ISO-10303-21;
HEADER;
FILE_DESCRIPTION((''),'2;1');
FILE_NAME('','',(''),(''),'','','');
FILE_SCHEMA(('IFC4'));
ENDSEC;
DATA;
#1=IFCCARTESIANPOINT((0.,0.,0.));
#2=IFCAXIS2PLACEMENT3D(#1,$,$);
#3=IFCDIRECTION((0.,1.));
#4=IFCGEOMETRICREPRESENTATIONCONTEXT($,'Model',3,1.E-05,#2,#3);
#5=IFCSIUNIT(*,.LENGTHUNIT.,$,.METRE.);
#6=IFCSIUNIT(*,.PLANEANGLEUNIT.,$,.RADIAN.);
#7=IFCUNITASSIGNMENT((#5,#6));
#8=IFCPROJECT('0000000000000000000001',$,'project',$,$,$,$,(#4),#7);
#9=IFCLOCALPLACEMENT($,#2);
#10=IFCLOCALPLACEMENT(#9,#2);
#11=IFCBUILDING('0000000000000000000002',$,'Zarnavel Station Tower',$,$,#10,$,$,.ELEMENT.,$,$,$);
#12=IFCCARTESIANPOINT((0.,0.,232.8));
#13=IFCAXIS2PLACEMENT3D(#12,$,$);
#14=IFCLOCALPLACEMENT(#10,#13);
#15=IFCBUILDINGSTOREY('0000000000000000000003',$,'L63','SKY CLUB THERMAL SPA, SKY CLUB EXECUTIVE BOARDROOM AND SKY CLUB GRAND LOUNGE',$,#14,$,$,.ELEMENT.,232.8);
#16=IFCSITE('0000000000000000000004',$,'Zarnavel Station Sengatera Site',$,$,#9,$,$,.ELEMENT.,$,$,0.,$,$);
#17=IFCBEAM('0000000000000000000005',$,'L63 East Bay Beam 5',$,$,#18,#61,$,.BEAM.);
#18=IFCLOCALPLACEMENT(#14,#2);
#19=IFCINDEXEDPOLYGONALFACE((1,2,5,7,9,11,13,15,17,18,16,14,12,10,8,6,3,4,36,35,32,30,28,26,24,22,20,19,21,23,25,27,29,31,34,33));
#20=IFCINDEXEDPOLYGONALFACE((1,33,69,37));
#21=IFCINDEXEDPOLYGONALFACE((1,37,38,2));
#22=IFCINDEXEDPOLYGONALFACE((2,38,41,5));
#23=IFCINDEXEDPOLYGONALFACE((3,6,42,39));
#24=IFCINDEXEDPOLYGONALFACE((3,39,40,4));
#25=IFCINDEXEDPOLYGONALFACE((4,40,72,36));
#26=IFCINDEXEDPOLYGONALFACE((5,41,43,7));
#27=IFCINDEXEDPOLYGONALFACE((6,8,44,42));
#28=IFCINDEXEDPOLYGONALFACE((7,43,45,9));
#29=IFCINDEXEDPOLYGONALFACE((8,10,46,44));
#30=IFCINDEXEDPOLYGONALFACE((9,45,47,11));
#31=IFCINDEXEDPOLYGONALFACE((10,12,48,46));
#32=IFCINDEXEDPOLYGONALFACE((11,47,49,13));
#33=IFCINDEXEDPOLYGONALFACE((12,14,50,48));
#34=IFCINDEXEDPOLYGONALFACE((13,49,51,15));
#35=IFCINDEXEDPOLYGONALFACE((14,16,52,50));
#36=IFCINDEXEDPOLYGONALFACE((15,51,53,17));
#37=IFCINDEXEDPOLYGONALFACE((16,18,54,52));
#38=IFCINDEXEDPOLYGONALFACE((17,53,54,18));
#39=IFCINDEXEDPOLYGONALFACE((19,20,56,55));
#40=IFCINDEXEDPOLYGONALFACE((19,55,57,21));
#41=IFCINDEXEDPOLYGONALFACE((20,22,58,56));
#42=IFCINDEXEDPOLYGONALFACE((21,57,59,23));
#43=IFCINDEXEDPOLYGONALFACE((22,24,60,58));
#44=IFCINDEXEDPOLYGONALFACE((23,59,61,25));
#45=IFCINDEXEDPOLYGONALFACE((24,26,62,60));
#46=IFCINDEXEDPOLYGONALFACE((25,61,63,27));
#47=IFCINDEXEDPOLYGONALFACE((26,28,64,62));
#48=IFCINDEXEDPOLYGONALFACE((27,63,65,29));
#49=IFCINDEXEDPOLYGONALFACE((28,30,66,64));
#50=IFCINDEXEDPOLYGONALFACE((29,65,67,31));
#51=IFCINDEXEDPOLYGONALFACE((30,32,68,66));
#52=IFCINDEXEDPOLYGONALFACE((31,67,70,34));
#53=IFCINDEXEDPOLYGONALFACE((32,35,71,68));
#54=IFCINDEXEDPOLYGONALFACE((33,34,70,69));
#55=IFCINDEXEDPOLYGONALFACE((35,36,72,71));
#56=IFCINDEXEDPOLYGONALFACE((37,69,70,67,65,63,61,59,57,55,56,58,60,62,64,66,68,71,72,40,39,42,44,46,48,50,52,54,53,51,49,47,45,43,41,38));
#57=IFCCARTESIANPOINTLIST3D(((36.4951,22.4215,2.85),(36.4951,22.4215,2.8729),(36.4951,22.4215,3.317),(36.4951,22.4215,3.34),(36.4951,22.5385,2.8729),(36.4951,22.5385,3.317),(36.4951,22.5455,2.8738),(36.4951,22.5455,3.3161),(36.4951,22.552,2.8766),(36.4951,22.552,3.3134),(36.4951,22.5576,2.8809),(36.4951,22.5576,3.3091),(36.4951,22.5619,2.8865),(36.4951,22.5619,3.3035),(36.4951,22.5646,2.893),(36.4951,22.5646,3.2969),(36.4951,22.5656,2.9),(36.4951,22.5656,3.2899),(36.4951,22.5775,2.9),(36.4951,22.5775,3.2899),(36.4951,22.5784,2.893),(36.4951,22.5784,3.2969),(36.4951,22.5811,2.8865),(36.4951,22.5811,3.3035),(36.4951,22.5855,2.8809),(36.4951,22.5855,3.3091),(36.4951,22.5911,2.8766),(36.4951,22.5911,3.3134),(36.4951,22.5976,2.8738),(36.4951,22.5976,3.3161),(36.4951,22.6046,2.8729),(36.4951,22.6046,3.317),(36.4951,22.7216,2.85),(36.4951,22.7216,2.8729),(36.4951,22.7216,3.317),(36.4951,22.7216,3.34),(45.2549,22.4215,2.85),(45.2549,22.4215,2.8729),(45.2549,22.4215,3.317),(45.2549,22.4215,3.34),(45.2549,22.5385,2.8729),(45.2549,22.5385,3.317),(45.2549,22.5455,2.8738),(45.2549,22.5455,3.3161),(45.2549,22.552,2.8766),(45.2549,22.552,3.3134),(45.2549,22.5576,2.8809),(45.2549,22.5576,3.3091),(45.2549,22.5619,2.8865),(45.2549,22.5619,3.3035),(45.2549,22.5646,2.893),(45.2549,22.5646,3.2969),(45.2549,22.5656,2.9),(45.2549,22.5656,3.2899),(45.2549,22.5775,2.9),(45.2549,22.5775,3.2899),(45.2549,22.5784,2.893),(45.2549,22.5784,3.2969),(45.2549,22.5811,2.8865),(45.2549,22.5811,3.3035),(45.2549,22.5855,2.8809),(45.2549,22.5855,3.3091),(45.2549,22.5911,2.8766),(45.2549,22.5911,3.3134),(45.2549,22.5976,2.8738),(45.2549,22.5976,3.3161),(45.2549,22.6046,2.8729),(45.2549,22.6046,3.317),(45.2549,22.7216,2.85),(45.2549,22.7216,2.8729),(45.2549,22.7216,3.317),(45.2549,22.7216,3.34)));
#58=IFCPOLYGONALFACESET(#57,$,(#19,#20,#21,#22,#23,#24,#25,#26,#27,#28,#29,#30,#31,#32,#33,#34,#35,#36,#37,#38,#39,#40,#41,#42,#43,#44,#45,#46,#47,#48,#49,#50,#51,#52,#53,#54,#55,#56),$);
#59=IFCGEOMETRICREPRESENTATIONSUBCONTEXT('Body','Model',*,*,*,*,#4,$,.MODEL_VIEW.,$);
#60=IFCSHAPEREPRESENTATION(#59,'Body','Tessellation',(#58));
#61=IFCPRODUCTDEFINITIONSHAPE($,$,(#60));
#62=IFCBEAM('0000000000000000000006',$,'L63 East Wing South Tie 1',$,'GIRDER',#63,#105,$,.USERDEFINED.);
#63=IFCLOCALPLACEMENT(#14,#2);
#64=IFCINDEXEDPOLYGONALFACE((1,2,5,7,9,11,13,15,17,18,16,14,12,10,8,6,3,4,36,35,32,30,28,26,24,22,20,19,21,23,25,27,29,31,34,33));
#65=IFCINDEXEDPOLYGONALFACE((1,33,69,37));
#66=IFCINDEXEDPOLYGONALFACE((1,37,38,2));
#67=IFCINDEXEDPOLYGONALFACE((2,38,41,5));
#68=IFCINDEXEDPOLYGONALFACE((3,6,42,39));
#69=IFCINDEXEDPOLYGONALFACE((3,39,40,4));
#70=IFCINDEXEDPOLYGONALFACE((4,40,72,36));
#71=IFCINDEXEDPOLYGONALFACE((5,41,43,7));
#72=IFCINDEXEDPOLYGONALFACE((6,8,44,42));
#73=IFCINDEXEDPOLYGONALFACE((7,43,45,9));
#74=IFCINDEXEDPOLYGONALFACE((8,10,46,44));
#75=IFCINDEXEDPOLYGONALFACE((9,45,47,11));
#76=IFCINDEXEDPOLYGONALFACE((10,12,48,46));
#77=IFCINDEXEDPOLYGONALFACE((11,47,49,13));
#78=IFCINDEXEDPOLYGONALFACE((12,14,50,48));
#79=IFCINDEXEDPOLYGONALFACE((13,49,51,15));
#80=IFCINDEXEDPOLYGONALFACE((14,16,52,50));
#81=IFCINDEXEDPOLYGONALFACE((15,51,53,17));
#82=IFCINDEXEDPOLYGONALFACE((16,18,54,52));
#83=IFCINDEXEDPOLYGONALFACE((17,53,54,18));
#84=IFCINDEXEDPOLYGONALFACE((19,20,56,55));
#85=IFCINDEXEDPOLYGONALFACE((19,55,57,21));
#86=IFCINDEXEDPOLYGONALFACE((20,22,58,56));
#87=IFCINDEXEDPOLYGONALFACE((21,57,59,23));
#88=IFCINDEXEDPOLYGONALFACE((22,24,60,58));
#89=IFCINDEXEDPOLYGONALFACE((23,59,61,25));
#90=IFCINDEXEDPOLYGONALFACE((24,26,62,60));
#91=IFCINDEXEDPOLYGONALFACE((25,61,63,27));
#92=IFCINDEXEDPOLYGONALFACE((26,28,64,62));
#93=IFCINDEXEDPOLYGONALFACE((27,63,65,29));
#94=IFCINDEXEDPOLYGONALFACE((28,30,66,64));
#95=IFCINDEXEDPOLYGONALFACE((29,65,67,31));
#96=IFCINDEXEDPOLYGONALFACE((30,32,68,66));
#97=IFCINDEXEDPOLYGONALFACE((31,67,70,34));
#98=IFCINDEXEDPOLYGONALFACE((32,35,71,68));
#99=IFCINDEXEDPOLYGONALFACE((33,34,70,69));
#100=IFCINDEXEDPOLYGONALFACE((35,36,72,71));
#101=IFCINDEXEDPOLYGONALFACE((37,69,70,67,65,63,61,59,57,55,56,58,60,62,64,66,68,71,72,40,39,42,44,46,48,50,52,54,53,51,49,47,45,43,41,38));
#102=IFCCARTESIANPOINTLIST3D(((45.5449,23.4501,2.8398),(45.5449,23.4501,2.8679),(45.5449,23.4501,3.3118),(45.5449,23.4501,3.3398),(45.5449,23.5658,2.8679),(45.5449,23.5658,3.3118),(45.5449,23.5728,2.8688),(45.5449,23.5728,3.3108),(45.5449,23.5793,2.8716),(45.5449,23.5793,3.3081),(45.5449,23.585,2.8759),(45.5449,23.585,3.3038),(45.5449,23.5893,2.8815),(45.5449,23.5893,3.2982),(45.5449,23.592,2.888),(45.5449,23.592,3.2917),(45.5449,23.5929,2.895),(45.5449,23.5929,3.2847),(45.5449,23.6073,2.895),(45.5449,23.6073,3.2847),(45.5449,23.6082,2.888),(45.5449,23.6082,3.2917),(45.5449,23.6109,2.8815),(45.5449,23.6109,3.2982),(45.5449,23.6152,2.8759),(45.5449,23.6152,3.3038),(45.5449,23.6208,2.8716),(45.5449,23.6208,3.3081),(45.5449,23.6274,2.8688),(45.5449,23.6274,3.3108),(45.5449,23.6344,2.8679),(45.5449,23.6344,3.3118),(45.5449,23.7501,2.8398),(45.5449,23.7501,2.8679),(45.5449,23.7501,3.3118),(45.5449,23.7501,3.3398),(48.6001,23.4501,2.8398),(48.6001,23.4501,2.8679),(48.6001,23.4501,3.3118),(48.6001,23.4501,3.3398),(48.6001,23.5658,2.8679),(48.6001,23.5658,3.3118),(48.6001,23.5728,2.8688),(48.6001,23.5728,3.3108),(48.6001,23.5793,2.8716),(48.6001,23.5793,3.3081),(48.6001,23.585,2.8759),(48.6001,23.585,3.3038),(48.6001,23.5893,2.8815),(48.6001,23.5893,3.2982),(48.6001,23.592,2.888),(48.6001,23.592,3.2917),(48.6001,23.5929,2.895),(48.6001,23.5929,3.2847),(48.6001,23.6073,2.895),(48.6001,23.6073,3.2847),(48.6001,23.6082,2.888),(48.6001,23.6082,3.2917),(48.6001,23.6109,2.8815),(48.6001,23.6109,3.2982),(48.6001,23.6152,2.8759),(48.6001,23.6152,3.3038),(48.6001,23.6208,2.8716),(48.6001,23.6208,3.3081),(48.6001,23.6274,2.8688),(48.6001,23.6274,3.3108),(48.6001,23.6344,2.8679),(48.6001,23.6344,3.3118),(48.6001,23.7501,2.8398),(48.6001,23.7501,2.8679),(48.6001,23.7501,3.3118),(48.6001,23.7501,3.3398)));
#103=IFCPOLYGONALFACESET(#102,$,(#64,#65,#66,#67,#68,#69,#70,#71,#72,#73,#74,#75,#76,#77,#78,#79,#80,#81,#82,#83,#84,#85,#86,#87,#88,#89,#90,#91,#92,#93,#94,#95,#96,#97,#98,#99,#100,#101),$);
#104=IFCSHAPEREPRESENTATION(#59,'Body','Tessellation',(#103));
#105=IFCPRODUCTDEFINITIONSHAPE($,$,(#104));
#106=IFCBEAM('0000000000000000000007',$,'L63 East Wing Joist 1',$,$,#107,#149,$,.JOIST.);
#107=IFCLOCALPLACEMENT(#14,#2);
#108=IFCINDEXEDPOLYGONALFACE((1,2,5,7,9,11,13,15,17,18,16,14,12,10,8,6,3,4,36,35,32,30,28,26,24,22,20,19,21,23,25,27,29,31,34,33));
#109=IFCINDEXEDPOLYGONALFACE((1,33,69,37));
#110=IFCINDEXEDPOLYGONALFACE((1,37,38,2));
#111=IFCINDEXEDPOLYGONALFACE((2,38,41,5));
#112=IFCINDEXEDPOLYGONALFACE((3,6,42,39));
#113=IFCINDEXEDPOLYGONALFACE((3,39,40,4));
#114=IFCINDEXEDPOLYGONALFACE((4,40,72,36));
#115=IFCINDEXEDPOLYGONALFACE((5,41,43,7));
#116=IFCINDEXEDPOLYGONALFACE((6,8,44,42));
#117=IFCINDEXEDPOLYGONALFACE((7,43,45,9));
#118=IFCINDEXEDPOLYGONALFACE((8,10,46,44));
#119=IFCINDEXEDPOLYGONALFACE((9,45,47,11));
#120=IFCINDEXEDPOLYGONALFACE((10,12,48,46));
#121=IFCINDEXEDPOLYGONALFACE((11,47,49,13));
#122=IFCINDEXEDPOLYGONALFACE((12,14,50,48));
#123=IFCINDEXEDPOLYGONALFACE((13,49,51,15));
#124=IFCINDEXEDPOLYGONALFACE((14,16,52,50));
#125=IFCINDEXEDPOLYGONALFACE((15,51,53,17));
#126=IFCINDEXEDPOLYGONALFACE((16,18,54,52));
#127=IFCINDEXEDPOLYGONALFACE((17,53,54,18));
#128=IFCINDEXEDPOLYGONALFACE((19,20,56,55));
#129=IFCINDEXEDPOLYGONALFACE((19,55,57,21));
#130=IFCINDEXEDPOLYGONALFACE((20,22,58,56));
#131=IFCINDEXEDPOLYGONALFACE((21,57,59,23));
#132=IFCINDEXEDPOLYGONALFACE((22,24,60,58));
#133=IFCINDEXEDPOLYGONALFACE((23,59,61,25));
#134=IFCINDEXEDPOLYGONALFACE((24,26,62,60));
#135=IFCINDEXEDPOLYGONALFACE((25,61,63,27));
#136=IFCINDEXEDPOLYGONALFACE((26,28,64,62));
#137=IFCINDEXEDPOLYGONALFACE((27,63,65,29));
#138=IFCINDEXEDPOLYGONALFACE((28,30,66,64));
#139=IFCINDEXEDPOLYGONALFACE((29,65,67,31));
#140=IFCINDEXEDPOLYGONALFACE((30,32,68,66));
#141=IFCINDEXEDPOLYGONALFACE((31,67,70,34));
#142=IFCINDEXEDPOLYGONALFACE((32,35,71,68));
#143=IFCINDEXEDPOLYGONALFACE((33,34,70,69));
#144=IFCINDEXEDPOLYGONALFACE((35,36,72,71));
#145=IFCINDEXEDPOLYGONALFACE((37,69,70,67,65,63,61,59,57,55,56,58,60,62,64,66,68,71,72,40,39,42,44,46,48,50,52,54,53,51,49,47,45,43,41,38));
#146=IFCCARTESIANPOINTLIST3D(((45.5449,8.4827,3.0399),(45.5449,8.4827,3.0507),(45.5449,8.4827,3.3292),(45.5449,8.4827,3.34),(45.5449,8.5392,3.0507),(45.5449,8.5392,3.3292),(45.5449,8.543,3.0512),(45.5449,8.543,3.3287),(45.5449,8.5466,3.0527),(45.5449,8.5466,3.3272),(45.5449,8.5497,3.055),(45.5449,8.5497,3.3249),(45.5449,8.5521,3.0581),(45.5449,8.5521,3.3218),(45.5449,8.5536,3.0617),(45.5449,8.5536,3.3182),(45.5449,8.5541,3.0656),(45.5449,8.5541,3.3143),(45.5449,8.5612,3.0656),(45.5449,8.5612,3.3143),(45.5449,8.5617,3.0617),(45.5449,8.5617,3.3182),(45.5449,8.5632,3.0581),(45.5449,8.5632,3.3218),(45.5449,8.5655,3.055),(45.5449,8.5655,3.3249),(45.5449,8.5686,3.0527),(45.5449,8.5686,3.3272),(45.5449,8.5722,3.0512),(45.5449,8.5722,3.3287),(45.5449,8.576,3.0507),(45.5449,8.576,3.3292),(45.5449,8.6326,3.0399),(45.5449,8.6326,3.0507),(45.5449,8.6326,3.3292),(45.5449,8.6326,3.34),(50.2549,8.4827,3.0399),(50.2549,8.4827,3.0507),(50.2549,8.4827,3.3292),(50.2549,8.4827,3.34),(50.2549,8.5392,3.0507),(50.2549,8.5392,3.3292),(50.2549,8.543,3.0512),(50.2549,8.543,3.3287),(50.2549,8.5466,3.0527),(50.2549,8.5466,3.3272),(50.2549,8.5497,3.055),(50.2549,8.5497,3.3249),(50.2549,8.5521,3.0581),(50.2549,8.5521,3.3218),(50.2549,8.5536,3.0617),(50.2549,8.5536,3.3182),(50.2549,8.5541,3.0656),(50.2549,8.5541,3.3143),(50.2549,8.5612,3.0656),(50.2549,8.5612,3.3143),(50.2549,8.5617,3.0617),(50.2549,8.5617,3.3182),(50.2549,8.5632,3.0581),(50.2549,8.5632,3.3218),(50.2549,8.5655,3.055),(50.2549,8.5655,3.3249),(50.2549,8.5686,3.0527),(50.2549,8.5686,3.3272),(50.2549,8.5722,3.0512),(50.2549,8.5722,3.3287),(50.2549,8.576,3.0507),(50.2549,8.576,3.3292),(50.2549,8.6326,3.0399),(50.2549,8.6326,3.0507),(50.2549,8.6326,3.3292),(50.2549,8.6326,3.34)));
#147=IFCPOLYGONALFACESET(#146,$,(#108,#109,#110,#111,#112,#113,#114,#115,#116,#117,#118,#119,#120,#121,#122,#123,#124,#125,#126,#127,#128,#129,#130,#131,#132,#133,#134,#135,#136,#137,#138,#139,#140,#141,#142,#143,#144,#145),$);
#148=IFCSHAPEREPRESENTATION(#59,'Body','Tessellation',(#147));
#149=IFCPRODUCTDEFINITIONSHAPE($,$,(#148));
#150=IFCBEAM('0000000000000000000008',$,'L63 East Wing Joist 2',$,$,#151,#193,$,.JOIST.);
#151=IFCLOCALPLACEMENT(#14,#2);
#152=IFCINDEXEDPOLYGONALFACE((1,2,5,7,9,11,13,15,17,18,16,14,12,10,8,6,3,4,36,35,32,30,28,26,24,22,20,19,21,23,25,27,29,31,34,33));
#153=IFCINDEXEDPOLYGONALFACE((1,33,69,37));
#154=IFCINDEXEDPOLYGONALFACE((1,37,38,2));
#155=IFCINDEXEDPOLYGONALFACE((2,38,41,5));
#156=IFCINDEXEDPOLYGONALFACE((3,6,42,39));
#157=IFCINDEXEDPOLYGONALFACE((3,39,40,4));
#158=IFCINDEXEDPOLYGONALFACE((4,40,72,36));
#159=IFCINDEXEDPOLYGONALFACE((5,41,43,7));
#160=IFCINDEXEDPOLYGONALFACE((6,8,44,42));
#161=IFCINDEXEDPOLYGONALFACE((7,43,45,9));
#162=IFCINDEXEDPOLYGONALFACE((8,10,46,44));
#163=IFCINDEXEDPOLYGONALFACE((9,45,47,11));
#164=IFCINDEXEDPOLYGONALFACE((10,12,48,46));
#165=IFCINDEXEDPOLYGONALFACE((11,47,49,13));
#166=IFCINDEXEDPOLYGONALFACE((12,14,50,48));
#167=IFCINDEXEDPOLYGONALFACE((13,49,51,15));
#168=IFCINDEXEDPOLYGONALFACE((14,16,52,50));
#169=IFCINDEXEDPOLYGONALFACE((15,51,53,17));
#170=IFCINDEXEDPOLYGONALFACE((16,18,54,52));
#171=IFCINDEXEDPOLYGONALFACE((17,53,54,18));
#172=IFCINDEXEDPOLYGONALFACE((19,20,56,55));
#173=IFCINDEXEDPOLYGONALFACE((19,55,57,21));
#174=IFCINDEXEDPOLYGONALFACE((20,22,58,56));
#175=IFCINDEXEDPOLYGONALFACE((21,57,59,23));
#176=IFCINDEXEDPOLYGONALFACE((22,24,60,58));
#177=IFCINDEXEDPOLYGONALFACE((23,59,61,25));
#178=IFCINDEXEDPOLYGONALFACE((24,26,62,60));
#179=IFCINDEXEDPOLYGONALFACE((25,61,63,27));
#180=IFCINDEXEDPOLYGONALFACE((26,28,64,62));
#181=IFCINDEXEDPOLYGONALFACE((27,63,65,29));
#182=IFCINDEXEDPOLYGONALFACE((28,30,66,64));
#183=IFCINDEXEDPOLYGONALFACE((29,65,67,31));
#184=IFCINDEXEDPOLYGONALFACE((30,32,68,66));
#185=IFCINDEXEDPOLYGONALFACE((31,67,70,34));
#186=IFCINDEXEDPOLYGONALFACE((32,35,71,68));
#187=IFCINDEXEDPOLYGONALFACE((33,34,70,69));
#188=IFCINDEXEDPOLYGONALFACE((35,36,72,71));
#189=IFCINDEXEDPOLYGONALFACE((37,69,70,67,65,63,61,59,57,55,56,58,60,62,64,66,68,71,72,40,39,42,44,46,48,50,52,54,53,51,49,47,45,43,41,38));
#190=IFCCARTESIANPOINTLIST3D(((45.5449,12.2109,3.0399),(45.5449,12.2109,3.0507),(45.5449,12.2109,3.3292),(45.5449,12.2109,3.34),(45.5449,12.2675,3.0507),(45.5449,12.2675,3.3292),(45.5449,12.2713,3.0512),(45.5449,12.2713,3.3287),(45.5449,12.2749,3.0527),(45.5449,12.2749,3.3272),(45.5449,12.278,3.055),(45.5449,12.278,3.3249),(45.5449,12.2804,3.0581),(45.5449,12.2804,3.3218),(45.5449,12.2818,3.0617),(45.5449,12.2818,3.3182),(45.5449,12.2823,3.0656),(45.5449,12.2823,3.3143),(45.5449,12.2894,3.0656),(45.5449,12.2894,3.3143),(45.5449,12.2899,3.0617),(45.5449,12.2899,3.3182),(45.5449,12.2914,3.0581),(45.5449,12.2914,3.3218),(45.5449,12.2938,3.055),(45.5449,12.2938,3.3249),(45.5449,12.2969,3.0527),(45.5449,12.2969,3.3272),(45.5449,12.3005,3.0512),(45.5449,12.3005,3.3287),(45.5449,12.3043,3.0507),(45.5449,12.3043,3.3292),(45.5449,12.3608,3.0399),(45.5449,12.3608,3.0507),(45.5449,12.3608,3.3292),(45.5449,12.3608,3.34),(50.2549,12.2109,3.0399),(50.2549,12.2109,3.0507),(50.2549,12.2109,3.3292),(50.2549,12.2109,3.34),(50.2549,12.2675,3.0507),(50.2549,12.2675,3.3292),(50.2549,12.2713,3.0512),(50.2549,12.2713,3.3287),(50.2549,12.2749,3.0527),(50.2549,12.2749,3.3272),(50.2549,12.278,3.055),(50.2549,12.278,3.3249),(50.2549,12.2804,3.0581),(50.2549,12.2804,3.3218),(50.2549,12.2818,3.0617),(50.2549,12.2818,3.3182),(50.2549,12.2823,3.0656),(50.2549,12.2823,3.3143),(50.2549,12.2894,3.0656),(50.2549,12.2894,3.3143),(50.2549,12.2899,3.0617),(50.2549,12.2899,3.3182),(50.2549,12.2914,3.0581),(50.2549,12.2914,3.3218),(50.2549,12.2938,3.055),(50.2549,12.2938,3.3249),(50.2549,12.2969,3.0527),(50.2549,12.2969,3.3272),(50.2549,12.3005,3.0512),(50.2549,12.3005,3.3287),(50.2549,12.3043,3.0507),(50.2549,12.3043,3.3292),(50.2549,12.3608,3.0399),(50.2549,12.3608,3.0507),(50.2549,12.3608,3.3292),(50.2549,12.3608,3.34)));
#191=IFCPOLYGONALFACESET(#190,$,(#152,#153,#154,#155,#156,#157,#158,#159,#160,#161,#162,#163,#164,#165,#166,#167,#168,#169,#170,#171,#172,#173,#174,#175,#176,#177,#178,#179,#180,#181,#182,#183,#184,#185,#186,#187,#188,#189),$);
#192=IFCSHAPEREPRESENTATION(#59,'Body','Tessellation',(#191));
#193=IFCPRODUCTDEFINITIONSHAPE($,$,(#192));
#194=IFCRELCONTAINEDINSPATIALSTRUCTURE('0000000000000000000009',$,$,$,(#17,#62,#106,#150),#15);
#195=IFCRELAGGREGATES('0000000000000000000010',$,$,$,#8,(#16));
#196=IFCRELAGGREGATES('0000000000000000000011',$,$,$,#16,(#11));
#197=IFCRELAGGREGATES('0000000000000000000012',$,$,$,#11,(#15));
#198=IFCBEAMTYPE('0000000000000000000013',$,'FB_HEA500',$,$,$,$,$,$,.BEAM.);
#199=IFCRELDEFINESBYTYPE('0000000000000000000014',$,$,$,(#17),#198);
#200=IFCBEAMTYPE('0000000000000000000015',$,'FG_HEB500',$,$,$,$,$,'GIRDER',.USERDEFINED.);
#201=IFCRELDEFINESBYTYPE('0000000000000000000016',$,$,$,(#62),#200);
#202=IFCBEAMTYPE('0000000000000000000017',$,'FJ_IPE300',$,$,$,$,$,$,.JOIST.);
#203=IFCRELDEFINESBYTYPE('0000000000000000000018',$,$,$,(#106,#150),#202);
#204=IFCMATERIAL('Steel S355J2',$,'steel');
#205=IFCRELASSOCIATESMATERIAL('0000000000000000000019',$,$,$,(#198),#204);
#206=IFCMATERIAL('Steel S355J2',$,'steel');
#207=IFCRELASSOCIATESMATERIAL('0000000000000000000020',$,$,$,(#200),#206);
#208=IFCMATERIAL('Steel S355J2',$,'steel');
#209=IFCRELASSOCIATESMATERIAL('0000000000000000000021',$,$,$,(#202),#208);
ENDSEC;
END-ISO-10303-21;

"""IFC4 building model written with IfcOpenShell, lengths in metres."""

from ifc_helpers import new_model, si_unit, direction, frame, origin, origin_2d, place, context, subcontext, project, spatial, i_section, extrude, material, material_profile, profile_set, type_object, element, save


model = new_model("IFC4")

# Units and contexts
model_context = context("Model", 3, precision=1e-05, world=origin(), true_north=direction((0.0, 1.0)))
body_context = subcontext(model_context, "Body", "Model", "MODEL_VIEW")
ifc_project = project(units=[si_unit("LENGTHUNIT", "METRE"), si_unit("PLANEANGLEUNIT", "RADIAN")], contexts=[model_context])

# Site, building, storey
site_placement = place(None, origin())
site = spatial("IfcSite", under=ifc_project, at=site_placement, Name="Zarnavel Station Sengatera Site", CompositionType="ELEMENT", RefElevation=0.0)
building_placement = place(site_placement, origin())
building = spatial("IfcBuilding", under=site, at=building_placement, Name="Zarnavel Station Tower", CompositionType="ELEMENT")
storey_placement = place(building_placement, frame((0.0, 0.0, 232.8)))
storey = spatial("IfcBuildingStorey", under=building, at=storey_placement, Name="L63", Description="SKY CLUB THERMAL SPA, SKY CLUB EXECUTIVE BOARDROOM AND SKY CLUB GRAND LOUNGE", CompositionType="ELEMENT", Elevation=232.8)

# Beams
ifc_material_1 = material(Name="Steel S355J2", Category="steel")
ifc_material_profile_1 = material_profile(ifc_material_1, i_section(OverallWidth=0.3, OverallDepth=0.49, WebThickness=0.012, FlangeThickness=0.0229, FilletRadius=0.0271, at=origin_2d()), Name="HEA500")
ifc_profile_set_1 = profile_set([ifc_material_profile_1], Name="Steel S355J2")
beam_type_1 = type_object("IfcBeamType", Name="FB_HEA500", PredefinedType="BEAM", material=ifc_profile_set_1)
for number, where, z_axis, x_axis, name in (
    (1, (36.4951, 22.5715, 3.095), (1.0, 0.0, 0.0), (0.0, 1.0, 0.0), "L63 East Bay Beam 5"),
):
    element("IfcBeam", number, at=place(storey_placement, frame(where, z_axis=z_axis, x_axis=x_axis)), inside=storey, type_object=beam_type_1, Name=name, PredefinedType="BEAM", context=body_context, shape_type="SweptSolid", body=[
        extrude(i_section(OverallWidth=0.3, OverallDepth=0.49, WebThickness=0.012, FlangeThickness=0.0229, FilletRadius=0.0271, at=origin_2d()), origin(), (0.0, 0.0, 1.0), 8.7598),
    ])
ifc_material_2 = material(Name="Steel S355J2", Category="steel")
ifc_material_profile_2 = material_profile(ifc_material_2, i_section(OverallWidth=0.3, OverallDepth=0.5, WebThickness=0.0144, FlangeThickness=0.0281, FilletRadius=0.0271, at=origin_2d()), Name="HEB500")
ifc_profile_set_2 = profile_set([ifc_material_profile_2], Name="Steel S355J2")
beam_type_2 = type_object("IfcBeamType", Name="FG_HEB500", ElementType="GIRDER", PredefinedType="USERDEFINED", material=ifc_profile_set_2)
beam_placement = place(storey_placement, frame((45.5449, 23.6001, 3.0898), z_axis=(1.0, 0.0, 0.0), x_axis=(0.0, 1.0, 0.0)))
element("IfcBeam", 2, at=beam_placement, inside=storey, type_object=beam_type_2, Name="L63 East Wing South Tie 1", ObjectType="GIRDER", PredefinedType="USERDEFINED", context=body_context, shape_type="SweptSolid", body=[
    extrude(i_section(OverallWidth=0.3, OverallDepth=0.5, WebThickness=0.0144, FlangeThickness=0.0281, FilletRadius=0.0271, at=origin_2d()), origin(), (0.0, 0.0, 1.0), 3.0552),
])
ifc_material_3 = material(Name="Steel S355J2", Category="steel")
ifc_material_profile_3 = material_profile(ifc_material_3, i_section(OverallWidth=0.1499, OverallDepth=0.3, WebThickness=0.0071, FlangeThickness=0.0107, FilletRadius=0.0149, at=origin_2d()), Name="IPE300")
ifc_profile_set_3 = profile_set([ifc_material_profile_3], Name="Steel S355J2")
beam_type_3 = type_object("IfcBeamType", Name="FJ_IPE300", PredefinedType="JOIST", material=ifc_profile_set_3)
for number, where, z_axis, x_axis, name in (
    (3, (45.5449, 8.5576, 3.1899), (1.0, 0.0, 0.0), (0.0, 1.0, 0.0), "L63 East Wing Joist 1"),
    (4, (45.5449, 12.2859, 3.1899), (1.0, 0.0, 0.0), (0.0, 1.0, 0.0), "L63 East Wing Joist 2"),
):
    element("IfcBeam", number, at=place(storey_placement, frame(where, z_axis=z_axis, x_axis=x_axis)), inside=storey, type_object=beam_type_3, Name=name, PredefinedType="JOIST", context=body_context, shape_type="SweptSolid", body=[
        extrude(i_section(OverallWidth=0.1499, OverallDepth=0.3, WebThickness=0.0071, FlangeThickness=0.0107, FilletRadius=0.0149, at=origin_2d()), origin(), (0.0, 0.0, 1.0), 4.71),
    ])

save(model, "model.ifc")
